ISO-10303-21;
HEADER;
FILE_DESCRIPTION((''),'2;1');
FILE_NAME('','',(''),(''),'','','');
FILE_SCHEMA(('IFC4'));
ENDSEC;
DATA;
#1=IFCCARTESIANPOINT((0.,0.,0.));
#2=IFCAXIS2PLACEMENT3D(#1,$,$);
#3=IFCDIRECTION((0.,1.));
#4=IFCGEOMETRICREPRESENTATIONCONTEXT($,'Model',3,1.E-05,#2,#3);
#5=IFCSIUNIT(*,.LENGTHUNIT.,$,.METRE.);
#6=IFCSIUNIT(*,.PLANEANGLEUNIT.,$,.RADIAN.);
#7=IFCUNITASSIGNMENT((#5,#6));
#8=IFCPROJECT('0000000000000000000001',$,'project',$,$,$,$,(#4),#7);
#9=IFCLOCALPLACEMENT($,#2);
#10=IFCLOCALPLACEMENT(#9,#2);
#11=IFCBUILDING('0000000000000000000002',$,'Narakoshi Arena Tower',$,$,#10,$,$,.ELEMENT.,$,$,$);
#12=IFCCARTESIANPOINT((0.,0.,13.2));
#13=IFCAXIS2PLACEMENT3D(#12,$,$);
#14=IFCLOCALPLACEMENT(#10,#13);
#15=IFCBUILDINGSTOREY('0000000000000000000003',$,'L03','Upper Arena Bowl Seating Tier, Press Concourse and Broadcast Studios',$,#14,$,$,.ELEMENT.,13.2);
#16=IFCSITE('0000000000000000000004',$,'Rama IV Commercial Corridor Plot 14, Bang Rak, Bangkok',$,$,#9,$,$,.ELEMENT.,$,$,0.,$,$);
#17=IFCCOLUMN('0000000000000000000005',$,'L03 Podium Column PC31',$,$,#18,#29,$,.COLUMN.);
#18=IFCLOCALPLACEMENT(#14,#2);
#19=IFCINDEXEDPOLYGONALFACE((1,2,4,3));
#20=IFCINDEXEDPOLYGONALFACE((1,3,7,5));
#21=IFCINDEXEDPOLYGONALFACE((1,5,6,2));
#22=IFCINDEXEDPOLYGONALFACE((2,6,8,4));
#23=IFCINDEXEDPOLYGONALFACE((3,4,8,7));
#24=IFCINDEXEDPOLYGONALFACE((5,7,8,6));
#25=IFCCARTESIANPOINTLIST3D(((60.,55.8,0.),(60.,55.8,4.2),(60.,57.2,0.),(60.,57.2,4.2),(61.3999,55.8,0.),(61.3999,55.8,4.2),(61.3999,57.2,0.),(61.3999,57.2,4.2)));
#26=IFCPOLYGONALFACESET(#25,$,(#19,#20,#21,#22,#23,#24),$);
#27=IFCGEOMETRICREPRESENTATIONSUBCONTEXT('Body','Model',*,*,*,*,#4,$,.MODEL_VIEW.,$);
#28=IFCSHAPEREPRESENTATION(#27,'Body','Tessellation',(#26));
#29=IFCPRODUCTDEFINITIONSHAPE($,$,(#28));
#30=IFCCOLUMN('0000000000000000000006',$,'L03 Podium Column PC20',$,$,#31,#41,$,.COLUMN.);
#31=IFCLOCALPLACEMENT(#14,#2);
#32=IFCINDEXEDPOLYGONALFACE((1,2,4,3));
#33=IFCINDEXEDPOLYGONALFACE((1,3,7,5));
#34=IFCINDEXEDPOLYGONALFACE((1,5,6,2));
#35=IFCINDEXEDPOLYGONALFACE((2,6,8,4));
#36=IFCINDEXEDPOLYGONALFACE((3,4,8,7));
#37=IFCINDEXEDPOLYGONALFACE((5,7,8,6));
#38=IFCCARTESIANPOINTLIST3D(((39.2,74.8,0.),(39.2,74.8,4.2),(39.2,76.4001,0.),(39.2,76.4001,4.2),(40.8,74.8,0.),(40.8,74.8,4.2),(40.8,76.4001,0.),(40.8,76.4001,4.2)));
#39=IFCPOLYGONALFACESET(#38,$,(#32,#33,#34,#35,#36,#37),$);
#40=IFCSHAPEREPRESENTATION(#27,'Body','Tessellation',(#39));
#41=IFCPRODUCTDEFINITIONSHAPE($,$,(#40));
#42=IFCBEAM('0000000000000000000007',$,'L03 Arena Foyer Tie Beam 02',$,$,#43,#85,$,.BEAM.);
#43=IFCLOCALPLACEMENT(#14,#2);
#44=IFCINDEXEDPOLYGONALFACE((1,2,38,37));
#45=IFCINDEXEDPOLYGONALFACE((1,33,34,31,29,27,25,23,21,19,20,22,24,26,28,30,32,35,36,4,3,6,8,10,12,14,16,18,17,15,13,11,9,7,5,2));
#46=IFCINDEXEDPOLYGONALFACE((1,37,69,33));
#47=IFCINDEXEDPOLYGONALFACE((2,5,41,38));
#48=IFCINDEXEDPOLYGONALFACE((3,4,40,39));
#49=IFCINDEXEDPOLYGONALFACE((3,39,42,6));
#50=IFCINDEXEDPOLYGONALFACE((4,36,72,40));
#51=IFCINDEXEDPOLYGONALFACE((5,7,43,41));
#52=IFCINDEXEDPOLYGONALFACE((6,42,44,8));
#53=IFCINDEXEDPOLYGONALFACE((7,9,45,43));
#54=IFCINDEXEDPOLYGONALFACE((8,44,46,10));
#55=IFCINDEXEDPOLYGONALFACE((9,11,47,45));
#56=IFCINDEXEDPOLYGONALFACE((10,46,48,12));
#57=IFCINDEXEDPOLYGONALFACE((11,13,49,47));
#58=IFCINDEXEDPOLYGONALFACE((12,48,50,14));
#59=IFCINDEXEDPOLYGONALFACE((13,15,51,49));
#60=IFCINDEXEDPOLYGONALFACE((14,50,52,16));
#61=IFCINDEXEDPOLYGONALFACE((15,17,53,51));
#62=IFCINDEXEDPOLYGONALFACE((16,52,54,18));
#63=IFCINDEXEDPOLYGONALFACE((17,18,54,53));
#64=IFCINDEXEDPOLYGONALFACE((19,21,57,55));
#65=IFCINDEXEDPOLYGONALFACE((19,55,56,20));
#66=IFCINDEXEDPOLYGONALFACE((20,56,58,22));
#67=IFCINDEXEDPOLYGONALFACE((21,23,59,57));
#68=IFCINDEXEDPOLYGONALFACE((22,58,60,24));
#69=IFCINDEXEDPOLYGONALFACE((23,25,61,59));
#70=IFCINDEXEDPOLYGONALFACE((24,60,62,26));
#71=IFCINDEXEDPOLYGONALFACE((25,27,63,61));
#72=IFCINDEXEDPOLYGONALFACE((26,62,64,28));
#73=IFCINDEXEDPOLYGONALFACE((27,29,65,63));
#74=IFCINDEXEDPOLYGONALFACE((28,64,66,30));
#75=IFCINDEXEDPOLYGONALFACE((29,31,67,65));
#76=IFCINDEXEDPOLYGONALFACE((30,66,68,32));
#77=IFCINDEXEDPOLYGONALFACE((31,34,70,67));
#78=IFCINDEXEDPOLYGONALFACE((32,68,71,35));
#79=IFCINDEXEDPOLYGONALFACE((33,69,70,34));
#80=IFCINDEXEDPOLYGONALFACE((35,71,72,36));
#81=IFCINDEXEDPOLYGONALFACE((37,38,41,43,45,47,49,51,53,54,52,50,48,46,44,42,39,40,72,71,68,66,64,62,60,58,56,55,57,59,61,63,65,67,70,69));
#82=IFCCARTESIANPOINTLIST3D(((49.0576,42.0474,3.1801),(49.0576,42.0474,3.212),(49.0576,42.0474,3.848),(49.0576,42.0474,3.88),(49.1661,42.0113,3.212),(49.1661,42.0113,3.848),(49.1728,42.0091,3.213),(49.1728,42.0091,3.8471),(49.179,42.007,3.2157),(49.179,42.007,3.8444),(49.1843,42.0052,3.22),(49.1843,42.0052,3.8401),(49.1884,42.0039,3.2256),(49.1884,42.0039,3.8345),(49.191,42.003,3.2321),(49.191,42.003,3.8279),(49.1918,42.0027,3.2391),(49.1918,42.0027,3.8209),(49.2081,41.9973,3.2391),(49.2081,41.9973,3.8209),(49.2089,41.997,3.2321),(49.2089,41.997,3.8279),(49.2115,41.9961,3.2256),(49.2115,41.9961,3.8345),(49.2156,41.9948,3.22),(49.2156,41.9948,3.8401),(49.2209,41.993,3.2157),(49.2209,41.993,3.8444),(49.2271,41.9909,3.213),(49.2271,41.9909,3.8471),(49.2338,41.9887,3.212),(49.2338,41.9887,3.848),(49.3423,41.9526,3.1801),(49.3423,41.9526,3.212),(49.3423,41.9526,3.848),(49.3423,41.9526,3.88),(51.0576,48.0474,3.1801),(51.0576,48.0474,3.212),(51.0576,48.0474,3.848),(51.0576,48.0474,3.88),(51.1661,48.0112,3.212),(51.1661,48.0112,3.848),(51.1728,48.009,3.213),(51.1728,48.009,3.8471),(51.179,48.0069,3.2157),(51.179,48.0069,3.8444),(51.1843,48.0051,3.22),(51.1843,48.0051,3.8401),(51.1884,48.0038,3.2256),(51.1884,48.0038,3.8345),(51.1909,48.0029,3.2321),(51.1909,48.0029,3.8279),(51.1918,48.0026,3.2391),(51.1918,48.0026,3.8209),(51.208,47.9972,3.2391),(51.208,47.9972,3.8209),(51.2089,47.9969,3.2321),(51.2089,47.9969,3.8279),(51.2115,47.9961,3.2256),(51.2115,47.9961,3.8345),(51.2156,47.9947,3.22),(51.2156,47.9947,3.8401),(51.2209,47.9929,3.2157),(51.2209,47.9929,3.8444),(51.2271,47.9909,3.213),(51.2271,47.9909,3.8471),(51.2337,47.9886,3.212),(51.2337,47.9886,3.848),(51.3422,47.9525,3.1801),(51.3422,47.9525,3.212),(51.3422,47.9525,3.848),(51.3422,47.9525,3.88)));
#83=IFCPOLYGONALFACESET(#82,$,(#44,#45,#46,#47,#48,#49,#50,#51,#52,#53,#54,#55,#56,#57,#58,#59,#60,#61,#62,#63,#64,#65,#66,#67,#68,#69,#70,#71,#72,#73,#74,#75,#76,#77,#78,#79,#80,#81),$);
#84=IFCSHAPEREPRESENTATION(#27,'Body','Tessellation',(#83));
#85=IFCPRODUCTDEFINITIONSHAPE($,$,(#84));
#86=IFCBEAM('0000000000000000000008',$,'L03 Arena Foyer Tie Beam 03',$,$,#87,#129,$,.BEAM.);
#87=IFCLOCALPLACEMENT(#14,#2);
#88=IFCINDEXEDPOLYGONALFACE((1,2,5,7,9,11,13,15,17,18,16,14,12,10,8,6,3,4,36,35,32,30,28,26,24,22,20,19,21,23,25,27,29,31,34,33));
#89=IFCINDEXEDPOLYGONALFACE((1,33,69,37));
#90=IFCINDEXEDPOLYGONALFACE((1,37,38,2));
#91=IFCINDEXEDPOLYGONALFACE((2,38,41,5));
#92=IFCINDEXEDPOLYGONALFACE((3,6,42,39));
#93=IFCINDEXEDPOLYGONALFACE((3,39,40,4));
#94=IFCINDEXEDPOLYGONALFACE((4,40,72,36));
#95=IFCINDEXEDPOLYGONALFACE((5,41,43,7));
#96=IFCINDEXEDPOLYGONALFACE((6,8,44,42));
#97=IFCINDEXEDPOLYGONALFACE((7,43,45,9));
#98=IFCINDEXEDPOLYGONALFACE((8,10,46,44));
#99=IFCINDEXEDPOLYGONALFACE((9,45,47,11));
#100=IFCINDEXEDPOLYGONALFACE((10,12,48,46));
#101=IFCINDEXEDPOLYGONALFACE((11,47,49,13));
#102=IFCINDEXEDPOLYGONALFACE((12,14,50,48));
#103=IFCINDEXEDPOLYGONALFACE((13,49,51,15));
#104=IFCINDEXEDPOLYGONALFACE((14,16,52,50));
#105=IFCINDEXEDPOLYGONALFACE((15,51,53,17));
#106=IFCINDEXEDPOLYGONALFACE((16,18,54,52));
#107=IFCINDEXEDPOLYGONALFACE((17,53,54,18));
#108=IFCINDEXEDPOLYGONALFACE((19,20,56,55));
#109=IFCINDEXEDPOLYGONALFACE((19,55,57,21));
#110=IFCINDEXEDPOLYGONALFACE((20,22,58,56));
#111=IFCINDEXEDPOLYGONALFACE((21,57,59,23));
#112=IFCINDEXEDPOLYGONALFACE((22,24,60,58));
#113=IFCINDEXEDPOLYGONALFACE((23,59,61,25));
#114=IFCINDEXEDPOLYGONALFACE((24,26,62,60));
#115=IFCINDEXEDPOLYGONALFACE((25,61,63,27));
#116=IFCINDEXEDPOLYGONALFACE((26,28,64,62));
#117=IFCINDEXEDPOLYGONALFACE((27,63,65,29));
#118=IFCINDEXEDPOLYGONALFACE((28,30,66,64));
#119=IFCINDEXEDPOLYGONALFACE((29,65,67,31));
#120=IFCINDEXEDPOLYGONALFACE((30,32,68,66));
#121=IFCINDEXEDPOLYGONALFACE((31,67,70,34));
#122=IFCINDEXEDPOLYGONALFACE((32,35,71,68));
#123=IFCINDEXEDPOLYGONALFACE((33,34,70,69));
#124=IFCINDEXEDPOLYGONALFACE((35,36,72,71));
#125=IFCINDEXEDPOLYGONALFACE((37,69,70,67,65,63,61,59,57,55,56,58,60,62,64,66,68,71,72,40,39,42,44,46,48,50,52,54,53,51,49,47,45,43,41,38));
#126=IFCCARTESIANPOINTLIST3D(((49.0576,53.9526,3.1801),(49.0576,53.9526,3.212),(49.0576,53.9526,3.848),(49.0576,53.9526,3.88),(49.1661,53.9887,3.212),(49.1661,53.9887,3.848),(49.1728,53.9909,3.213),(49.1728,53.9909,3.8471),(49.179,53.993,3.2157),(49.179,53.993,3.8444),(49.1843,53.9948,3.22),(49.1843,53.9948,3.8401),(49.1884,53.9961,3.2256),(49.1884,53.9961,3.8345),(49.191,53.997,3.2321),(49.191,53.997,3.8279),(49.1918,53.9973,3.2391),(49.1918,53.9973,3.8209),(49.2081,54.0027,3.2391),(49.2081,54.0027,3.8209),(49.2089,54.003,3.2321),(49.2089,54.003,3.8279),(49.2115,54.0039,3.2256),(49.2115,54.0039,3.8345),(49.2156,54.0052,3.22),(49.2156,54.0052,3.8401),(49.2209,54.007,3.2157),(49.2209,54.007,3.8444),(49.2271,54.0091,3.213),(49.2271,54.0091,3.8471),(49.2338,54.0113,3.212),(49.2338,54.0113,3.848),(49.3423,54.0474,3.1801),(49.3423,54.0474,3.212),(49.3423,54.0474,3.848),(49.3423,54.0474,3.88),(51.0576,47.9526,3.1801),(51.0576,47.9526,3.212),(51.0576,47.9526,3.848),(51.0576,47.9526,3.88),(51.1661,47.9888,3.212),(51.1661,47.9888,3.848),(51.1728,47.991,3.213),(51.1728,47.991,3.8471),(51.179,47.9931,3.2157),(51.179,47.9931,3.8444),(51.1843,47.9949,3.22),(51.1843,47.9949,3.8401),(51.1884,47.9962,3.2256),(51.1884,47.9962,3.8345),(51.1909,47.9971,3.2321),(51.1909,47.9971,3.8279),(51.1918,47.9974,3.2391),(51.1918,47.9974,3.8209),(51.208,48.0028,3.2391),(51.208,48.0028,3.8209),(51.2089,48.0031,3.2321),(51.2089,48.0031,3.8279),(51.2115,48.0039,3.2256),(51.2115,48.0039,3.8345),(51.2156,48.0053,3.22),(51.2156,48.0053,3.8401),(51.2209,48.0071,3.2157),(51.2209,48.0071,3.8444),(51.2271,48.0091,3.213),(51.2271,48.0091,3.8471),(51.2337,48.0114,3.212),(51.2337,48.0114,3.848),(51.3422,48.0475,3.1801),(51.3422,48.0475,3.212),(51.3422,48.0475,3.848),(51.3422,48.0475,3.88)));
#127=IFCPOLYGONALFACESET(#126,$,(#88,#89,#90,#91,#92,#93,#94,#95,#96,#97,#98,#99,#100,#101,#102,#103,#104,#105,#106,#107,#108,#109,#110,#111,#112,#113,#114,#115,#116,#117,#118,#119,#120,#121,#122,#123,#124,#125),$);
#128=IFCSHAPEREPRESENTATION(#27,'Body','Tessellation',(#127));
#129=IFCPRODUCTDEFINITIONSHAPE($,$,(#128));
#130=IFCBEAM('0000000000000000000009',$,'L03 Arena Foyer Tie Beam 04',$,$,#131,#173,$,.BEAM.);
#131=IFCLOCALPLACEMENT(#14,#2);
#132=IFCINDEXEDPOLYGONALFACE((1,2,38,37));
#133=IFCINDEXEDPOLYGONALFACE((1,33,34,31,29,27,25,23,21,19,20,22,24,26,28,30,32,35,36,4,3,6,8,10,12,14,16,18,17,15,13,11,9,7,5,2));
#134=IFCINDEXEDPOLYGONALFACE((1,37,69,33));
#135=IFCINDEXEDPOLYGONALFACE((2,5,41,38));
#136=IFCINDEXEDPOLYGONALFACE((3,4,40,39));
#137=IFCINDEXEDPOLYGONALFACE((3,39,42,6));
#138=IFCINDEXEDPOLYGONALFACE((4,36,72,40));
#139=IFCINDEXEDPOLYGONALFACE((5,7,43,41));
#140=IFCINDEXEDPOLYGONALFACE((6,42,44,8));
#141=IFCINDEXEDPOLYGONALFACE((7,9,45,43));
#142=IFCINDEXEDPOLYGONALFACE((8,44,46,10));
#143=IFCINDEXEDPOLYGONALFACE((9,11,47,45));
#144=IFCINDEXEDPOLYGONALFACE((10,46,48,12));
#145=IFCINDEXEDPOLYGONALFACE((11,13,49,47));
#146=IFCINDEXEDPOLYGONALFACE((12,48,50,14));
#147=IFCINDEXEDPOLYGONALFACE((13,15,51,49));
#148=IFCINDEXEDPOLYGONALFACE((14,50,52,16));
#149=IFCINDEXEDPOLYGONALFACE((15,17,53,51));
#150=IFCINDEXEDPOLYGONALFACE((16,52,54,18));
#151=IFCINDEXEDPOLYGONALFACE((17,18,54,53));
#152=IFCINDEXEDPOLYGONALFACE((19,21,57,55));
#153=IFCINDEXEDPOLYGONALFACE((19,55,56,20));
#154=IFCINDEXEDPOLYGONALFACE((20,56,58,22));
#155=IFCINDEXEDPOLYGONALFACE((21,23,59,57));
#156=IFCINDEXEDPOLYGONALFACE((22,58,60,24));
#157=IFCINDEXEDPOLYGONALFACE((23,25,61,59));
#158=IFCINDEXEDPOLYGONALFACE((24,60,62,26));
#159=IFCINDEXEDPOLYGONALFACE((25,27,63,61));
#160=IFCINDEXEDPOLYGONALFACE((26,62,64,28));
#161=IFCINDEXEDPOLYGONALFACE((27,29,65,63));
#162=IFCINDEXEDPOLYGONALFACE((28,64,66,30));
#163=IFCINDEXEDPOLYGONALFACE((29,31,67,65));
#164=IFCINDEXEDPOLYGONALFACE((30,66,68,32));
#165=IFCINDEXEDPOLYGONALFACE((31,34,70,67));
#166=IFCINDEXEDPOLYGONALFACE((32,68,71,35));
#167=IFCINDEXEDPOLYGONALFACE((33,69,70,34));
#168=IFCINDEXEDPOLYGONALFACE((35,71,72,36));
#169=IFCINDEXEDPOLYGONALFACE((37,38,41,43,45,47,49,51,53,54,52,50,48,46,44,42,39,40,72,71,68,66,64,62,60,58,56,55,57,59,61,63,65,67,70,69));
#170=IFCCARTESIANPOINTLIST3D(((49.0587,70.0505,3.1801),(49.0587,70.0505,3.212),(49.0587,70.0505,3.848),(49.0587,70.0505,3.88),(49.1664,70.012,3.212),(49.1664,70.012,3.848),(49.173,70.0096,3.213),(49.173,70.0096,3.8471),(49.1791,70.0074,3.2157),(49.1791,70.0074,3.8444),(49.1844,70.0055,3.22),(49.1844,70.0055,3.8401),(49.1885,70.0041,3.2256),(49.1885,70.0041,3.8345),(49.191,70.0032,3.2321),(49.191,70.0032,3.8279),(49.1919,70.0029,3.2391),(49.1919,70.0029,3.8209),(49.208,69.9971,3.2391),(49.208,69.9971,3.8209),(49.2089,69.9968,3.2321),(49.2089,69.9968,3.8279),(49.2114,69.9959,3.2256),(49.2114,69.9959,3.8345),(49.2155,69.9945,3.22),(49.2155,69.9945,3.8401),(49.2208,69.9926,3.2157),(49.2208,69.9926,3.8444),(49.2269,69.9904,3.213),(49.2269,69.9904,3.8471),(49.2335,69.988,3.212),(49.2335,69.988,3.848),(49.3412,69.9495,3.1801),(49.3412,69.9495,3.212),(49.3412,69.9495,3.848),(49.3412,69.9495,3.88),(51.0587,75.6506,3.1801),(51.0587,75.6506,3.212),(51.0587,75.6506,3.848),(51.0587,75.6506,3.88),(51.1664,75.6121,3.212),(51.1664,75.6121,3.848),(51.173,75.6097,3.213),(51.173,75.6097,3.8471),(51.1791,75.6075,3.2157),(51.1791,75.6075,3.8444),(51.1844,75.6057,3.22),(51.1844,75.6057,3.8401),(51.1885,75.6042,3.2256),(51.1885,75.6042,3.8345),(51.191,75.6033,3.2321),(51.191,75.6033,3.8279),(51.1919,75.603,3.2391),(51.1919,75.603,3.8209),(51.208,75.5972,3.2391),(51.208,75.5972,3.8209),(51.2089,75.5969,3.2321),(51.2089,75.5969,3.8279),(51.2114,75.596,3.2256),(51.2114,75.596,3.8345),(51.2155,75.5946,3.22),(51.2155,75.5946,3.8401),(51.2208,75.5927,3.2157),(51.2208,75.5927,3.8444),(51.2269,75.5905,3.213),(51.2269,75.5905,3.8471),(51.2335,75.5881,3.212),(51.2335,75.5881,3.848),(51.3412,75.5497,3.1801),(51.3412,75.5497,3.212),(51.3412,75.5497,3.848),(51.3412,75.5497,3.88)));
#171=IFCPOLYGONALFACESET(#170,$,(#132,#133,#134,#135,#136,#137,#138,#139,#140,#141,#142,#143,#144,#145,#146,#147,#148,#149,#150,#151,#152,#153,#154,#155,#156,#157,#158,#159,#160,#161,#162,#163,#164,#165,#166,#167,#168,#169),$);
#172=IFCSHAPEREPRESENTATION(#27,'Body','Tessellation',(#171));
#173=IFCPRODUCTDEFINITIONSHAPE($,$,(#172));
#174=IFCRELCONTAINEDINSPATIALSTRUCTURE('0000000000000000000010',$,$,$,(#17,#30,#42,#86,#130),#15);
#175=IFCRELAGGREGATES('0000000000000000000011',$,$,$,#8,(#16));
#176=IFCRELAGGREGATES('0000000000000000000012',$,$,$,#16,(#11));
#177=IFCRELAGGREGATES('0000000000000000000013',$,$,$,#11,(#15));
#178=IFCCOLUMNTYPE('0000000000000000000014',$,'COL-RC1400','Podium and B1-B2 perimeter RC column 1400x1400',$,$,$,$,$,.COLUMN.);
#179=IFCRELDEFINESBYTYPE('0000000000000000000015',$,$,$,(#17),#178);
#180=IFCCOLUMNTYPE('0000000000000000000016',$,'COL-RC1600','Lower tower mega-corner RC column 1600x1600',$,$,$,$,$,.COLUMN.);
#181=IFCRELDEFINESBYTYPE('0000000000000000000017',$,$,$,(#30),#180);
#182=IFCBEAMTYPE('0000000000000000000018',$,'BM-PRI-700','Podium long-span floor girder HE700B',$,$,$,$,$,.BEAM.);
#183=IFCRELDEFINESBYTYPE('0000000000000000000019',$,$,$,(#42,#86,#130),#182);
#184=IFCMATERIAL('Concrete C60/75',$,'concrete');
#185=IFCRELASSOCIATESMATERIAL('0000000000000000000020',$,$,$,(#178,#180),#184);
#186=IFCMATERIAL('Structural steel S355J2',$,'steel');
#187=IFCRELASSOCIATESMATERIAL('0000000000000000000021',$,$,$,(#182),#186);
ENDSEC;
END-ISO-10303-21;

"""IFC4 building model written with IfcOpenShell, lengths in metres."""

from ifc_helpers import new_model, si_unit, direction, frame, origin, origin_2d, place, context, subcontext, project, spatial, rectangle, i_section, extrude, material, material_profile, profile_set, type_object, element, save


model = new_model("IFC4")

# Units and contexts
model_context = context("Model", 3, precision=1e-05, world=origin(), true_north=direction((0.0, 1.0)))
body_context = subcontext(model_context, "Body", "Model", "MODEL_VIEW")
ifc_project = project(units=[si_unit("LENGTHUNIT", "METRE"), si_unit("PLANEANGLEUNIT", "RADIAN")], contexts=[model_context])

# Site, building, storey
site_placement = place(None, origin())
site = spatial("IfcSite", under=ifc_project, at=site_placement, Name="Rama IV Commercial Corridor Plot 14, Bang Rak, Bangkok", CompositionType="ELEMENT", RefElevation=0.0)
building_placement = place(site_placement, origin())
building = spatial("IfcBuilding", under=site, at=building_placement, Name="Narakoshi Arena Tower", CompositionType="ELEMENT")
storey_placement = place(building_placement, frame((0.0, 0.0, 13.2)))
storey = spatial("IfcBuildingStorey", under=building, at=storey_placement, Name="L03", Description="Upper Arena Bowl Seating Tier, Press Concourse and Broadcast Studios", CompositionType="ELEMENT", Elevation=13.2)

# Columns
ifc_material_1 = material(Name="Concrete C60/75", Category="concrete")
ifc_material_profile_1 = material_profile(ifc_material_1, rectangle(XDim=1.3999, YDim=1.3999, at=origin_2d()), Name="RC1400x1400")
ifc_profile_set_1 = profile_set([ifc_material_profile_1], Name="Concrete C60/75")
column_type_1 = type_object("IfcColumnType", Name="COL-RC1400", Description="Podium and B1-B2 perimeter RC column 1400x1400", PredefinedType="COLUMN", material=ifc_profile_set_1)
column_1_placement = place(storey_placement, frame((60.7, 56.5, 0.0), z_axis=(0.0, 0.0, 1.0), x_axis=(1.0, 0.0, 0.0)))
element("IfcColumn", 1, at=column_1_placement, inside=storey, type_object=column_type_1, Name="L03 Podium Column PC31", PredefinedType="COLUMN", context=body_context, shape_type="SweptSolid", body=[
    extrude(rectangle(XDim=1.3999, YDim=1.3999, at=origin_2d()), origin(), (0.0, 0.0, 1.0), 4.2),
])
ifc_material_profile_2 = material_profile(ifc_material_1, rectangle(XDim=1.6001, YDim=1.6001, at=origin_2d()), Name="RC1600x1600")
ifc_profile_set_2 = profile_set([ifc_material_profile_2], Name="Concrete C60/75")
column_type_2 = type_object("IfcColumnType", Name="COL-RC1600", Description="Lower tower mega-corner RC column 1600x1600", PredefinedType="COLUMN", material=ifc_profile_set_2)
column_2_placement = place(storey_placement, frame((40.0, 75.6001, 0.0), z_axis=(0.0, 0.0, 1.0), x_axis=(1.0, 0.0, 0.0)))
element("IfcColumn", 2, at=column_2_placement, inside=storey, type_object=column_type_2, Name="L03 Podium Column PC20", PredefinedType="COLUMN", context=body_context, shape_type="SweptSolid", body=[
    extrude(rectangle(XDim=1.6001, YDim=1.6001, at=origin_2d()), origin(), (0.0, 0.0, 1.0), 4.2),
])

# Beams
ifc_material_2 = material(Name="Structural steel S355J2", Category="steel")
ifc_material_profile_3 = material_profile(ifc_material_2, i_section(OverallWidth=0.3, OverallDepth=0.7, WebThickness=0.0171, FlangeThickness=0.032, FilletRadius=0.0271, at=origin_2d()), Name="HE700B")
ifc_profile_set_3 = profile_set([ifc_material_profile_3], Name="Structural steel S355J2")
beam_type_1 = type_object("IfcBeamType", Name="BM-PRI-700", Description="Podium long-span floor girder HE700B", PredefinedType="BEAM", material=ifc_profile_set_3)
for number, where, z_axis, x_axis, name in (
    (3, (49.2, 42.0, 3.53), (0.316228, 0.948683, 0.0), (-0.948683, 0.316228, 0.0), "L03 Arena Foyer Tie Beam 02"),
    (4, (49.2, 54.0, 3.53), (0.316228, -0.948683, 0.0), (0.948683, 0.316228, 0.0), "L03 Arena Foyer Tie Beam 03"),
):
    element("IfcBeam", number, at=place(storey_placement, frame(where, z_axis=z_axis, x_axis=x_axis)), inside=storey, type_object=beam_type_1, Name=name, PredefinedType="BEAM", context=body_context, shape_type="SweptSolid", body=[
        extrude(i_section(OverallWidth=0.3, OverallDepth=0.7, WebThickness=0.0171, FlangeThickness=0.032, FilletRadius=0.0271, at=origin_2d()), origin(), (0.0, 0.0, 1.0), 6.3245),
    ])
beam_1_placement = place(storey_placement, frame((49.2, 70.0, 3.53), z_axis=(0.336331, 0.941744, 0.0), x_axis=(-0.941744, 0.336331, 0.0)))
element("IfcBeam", 5, at=beam_1_placement, inside=storey, type_object=beam_type_1, Name="L03 Arena Foyer Tie Beam 04", PredefinedType="BEAM", context=body_context, shape_type="SweptSolid", body=[
    extrude(i_section(OverallWidth=0.3, OverallDepth=0.7, WebThickness=0.0171, FlangeThickness=0.032, FilletRadius=0.0271, at=origin_2d()), origin(), (0.0, 0.0, 1.0), 5.9465),
])

save(model, "model.ifc")
